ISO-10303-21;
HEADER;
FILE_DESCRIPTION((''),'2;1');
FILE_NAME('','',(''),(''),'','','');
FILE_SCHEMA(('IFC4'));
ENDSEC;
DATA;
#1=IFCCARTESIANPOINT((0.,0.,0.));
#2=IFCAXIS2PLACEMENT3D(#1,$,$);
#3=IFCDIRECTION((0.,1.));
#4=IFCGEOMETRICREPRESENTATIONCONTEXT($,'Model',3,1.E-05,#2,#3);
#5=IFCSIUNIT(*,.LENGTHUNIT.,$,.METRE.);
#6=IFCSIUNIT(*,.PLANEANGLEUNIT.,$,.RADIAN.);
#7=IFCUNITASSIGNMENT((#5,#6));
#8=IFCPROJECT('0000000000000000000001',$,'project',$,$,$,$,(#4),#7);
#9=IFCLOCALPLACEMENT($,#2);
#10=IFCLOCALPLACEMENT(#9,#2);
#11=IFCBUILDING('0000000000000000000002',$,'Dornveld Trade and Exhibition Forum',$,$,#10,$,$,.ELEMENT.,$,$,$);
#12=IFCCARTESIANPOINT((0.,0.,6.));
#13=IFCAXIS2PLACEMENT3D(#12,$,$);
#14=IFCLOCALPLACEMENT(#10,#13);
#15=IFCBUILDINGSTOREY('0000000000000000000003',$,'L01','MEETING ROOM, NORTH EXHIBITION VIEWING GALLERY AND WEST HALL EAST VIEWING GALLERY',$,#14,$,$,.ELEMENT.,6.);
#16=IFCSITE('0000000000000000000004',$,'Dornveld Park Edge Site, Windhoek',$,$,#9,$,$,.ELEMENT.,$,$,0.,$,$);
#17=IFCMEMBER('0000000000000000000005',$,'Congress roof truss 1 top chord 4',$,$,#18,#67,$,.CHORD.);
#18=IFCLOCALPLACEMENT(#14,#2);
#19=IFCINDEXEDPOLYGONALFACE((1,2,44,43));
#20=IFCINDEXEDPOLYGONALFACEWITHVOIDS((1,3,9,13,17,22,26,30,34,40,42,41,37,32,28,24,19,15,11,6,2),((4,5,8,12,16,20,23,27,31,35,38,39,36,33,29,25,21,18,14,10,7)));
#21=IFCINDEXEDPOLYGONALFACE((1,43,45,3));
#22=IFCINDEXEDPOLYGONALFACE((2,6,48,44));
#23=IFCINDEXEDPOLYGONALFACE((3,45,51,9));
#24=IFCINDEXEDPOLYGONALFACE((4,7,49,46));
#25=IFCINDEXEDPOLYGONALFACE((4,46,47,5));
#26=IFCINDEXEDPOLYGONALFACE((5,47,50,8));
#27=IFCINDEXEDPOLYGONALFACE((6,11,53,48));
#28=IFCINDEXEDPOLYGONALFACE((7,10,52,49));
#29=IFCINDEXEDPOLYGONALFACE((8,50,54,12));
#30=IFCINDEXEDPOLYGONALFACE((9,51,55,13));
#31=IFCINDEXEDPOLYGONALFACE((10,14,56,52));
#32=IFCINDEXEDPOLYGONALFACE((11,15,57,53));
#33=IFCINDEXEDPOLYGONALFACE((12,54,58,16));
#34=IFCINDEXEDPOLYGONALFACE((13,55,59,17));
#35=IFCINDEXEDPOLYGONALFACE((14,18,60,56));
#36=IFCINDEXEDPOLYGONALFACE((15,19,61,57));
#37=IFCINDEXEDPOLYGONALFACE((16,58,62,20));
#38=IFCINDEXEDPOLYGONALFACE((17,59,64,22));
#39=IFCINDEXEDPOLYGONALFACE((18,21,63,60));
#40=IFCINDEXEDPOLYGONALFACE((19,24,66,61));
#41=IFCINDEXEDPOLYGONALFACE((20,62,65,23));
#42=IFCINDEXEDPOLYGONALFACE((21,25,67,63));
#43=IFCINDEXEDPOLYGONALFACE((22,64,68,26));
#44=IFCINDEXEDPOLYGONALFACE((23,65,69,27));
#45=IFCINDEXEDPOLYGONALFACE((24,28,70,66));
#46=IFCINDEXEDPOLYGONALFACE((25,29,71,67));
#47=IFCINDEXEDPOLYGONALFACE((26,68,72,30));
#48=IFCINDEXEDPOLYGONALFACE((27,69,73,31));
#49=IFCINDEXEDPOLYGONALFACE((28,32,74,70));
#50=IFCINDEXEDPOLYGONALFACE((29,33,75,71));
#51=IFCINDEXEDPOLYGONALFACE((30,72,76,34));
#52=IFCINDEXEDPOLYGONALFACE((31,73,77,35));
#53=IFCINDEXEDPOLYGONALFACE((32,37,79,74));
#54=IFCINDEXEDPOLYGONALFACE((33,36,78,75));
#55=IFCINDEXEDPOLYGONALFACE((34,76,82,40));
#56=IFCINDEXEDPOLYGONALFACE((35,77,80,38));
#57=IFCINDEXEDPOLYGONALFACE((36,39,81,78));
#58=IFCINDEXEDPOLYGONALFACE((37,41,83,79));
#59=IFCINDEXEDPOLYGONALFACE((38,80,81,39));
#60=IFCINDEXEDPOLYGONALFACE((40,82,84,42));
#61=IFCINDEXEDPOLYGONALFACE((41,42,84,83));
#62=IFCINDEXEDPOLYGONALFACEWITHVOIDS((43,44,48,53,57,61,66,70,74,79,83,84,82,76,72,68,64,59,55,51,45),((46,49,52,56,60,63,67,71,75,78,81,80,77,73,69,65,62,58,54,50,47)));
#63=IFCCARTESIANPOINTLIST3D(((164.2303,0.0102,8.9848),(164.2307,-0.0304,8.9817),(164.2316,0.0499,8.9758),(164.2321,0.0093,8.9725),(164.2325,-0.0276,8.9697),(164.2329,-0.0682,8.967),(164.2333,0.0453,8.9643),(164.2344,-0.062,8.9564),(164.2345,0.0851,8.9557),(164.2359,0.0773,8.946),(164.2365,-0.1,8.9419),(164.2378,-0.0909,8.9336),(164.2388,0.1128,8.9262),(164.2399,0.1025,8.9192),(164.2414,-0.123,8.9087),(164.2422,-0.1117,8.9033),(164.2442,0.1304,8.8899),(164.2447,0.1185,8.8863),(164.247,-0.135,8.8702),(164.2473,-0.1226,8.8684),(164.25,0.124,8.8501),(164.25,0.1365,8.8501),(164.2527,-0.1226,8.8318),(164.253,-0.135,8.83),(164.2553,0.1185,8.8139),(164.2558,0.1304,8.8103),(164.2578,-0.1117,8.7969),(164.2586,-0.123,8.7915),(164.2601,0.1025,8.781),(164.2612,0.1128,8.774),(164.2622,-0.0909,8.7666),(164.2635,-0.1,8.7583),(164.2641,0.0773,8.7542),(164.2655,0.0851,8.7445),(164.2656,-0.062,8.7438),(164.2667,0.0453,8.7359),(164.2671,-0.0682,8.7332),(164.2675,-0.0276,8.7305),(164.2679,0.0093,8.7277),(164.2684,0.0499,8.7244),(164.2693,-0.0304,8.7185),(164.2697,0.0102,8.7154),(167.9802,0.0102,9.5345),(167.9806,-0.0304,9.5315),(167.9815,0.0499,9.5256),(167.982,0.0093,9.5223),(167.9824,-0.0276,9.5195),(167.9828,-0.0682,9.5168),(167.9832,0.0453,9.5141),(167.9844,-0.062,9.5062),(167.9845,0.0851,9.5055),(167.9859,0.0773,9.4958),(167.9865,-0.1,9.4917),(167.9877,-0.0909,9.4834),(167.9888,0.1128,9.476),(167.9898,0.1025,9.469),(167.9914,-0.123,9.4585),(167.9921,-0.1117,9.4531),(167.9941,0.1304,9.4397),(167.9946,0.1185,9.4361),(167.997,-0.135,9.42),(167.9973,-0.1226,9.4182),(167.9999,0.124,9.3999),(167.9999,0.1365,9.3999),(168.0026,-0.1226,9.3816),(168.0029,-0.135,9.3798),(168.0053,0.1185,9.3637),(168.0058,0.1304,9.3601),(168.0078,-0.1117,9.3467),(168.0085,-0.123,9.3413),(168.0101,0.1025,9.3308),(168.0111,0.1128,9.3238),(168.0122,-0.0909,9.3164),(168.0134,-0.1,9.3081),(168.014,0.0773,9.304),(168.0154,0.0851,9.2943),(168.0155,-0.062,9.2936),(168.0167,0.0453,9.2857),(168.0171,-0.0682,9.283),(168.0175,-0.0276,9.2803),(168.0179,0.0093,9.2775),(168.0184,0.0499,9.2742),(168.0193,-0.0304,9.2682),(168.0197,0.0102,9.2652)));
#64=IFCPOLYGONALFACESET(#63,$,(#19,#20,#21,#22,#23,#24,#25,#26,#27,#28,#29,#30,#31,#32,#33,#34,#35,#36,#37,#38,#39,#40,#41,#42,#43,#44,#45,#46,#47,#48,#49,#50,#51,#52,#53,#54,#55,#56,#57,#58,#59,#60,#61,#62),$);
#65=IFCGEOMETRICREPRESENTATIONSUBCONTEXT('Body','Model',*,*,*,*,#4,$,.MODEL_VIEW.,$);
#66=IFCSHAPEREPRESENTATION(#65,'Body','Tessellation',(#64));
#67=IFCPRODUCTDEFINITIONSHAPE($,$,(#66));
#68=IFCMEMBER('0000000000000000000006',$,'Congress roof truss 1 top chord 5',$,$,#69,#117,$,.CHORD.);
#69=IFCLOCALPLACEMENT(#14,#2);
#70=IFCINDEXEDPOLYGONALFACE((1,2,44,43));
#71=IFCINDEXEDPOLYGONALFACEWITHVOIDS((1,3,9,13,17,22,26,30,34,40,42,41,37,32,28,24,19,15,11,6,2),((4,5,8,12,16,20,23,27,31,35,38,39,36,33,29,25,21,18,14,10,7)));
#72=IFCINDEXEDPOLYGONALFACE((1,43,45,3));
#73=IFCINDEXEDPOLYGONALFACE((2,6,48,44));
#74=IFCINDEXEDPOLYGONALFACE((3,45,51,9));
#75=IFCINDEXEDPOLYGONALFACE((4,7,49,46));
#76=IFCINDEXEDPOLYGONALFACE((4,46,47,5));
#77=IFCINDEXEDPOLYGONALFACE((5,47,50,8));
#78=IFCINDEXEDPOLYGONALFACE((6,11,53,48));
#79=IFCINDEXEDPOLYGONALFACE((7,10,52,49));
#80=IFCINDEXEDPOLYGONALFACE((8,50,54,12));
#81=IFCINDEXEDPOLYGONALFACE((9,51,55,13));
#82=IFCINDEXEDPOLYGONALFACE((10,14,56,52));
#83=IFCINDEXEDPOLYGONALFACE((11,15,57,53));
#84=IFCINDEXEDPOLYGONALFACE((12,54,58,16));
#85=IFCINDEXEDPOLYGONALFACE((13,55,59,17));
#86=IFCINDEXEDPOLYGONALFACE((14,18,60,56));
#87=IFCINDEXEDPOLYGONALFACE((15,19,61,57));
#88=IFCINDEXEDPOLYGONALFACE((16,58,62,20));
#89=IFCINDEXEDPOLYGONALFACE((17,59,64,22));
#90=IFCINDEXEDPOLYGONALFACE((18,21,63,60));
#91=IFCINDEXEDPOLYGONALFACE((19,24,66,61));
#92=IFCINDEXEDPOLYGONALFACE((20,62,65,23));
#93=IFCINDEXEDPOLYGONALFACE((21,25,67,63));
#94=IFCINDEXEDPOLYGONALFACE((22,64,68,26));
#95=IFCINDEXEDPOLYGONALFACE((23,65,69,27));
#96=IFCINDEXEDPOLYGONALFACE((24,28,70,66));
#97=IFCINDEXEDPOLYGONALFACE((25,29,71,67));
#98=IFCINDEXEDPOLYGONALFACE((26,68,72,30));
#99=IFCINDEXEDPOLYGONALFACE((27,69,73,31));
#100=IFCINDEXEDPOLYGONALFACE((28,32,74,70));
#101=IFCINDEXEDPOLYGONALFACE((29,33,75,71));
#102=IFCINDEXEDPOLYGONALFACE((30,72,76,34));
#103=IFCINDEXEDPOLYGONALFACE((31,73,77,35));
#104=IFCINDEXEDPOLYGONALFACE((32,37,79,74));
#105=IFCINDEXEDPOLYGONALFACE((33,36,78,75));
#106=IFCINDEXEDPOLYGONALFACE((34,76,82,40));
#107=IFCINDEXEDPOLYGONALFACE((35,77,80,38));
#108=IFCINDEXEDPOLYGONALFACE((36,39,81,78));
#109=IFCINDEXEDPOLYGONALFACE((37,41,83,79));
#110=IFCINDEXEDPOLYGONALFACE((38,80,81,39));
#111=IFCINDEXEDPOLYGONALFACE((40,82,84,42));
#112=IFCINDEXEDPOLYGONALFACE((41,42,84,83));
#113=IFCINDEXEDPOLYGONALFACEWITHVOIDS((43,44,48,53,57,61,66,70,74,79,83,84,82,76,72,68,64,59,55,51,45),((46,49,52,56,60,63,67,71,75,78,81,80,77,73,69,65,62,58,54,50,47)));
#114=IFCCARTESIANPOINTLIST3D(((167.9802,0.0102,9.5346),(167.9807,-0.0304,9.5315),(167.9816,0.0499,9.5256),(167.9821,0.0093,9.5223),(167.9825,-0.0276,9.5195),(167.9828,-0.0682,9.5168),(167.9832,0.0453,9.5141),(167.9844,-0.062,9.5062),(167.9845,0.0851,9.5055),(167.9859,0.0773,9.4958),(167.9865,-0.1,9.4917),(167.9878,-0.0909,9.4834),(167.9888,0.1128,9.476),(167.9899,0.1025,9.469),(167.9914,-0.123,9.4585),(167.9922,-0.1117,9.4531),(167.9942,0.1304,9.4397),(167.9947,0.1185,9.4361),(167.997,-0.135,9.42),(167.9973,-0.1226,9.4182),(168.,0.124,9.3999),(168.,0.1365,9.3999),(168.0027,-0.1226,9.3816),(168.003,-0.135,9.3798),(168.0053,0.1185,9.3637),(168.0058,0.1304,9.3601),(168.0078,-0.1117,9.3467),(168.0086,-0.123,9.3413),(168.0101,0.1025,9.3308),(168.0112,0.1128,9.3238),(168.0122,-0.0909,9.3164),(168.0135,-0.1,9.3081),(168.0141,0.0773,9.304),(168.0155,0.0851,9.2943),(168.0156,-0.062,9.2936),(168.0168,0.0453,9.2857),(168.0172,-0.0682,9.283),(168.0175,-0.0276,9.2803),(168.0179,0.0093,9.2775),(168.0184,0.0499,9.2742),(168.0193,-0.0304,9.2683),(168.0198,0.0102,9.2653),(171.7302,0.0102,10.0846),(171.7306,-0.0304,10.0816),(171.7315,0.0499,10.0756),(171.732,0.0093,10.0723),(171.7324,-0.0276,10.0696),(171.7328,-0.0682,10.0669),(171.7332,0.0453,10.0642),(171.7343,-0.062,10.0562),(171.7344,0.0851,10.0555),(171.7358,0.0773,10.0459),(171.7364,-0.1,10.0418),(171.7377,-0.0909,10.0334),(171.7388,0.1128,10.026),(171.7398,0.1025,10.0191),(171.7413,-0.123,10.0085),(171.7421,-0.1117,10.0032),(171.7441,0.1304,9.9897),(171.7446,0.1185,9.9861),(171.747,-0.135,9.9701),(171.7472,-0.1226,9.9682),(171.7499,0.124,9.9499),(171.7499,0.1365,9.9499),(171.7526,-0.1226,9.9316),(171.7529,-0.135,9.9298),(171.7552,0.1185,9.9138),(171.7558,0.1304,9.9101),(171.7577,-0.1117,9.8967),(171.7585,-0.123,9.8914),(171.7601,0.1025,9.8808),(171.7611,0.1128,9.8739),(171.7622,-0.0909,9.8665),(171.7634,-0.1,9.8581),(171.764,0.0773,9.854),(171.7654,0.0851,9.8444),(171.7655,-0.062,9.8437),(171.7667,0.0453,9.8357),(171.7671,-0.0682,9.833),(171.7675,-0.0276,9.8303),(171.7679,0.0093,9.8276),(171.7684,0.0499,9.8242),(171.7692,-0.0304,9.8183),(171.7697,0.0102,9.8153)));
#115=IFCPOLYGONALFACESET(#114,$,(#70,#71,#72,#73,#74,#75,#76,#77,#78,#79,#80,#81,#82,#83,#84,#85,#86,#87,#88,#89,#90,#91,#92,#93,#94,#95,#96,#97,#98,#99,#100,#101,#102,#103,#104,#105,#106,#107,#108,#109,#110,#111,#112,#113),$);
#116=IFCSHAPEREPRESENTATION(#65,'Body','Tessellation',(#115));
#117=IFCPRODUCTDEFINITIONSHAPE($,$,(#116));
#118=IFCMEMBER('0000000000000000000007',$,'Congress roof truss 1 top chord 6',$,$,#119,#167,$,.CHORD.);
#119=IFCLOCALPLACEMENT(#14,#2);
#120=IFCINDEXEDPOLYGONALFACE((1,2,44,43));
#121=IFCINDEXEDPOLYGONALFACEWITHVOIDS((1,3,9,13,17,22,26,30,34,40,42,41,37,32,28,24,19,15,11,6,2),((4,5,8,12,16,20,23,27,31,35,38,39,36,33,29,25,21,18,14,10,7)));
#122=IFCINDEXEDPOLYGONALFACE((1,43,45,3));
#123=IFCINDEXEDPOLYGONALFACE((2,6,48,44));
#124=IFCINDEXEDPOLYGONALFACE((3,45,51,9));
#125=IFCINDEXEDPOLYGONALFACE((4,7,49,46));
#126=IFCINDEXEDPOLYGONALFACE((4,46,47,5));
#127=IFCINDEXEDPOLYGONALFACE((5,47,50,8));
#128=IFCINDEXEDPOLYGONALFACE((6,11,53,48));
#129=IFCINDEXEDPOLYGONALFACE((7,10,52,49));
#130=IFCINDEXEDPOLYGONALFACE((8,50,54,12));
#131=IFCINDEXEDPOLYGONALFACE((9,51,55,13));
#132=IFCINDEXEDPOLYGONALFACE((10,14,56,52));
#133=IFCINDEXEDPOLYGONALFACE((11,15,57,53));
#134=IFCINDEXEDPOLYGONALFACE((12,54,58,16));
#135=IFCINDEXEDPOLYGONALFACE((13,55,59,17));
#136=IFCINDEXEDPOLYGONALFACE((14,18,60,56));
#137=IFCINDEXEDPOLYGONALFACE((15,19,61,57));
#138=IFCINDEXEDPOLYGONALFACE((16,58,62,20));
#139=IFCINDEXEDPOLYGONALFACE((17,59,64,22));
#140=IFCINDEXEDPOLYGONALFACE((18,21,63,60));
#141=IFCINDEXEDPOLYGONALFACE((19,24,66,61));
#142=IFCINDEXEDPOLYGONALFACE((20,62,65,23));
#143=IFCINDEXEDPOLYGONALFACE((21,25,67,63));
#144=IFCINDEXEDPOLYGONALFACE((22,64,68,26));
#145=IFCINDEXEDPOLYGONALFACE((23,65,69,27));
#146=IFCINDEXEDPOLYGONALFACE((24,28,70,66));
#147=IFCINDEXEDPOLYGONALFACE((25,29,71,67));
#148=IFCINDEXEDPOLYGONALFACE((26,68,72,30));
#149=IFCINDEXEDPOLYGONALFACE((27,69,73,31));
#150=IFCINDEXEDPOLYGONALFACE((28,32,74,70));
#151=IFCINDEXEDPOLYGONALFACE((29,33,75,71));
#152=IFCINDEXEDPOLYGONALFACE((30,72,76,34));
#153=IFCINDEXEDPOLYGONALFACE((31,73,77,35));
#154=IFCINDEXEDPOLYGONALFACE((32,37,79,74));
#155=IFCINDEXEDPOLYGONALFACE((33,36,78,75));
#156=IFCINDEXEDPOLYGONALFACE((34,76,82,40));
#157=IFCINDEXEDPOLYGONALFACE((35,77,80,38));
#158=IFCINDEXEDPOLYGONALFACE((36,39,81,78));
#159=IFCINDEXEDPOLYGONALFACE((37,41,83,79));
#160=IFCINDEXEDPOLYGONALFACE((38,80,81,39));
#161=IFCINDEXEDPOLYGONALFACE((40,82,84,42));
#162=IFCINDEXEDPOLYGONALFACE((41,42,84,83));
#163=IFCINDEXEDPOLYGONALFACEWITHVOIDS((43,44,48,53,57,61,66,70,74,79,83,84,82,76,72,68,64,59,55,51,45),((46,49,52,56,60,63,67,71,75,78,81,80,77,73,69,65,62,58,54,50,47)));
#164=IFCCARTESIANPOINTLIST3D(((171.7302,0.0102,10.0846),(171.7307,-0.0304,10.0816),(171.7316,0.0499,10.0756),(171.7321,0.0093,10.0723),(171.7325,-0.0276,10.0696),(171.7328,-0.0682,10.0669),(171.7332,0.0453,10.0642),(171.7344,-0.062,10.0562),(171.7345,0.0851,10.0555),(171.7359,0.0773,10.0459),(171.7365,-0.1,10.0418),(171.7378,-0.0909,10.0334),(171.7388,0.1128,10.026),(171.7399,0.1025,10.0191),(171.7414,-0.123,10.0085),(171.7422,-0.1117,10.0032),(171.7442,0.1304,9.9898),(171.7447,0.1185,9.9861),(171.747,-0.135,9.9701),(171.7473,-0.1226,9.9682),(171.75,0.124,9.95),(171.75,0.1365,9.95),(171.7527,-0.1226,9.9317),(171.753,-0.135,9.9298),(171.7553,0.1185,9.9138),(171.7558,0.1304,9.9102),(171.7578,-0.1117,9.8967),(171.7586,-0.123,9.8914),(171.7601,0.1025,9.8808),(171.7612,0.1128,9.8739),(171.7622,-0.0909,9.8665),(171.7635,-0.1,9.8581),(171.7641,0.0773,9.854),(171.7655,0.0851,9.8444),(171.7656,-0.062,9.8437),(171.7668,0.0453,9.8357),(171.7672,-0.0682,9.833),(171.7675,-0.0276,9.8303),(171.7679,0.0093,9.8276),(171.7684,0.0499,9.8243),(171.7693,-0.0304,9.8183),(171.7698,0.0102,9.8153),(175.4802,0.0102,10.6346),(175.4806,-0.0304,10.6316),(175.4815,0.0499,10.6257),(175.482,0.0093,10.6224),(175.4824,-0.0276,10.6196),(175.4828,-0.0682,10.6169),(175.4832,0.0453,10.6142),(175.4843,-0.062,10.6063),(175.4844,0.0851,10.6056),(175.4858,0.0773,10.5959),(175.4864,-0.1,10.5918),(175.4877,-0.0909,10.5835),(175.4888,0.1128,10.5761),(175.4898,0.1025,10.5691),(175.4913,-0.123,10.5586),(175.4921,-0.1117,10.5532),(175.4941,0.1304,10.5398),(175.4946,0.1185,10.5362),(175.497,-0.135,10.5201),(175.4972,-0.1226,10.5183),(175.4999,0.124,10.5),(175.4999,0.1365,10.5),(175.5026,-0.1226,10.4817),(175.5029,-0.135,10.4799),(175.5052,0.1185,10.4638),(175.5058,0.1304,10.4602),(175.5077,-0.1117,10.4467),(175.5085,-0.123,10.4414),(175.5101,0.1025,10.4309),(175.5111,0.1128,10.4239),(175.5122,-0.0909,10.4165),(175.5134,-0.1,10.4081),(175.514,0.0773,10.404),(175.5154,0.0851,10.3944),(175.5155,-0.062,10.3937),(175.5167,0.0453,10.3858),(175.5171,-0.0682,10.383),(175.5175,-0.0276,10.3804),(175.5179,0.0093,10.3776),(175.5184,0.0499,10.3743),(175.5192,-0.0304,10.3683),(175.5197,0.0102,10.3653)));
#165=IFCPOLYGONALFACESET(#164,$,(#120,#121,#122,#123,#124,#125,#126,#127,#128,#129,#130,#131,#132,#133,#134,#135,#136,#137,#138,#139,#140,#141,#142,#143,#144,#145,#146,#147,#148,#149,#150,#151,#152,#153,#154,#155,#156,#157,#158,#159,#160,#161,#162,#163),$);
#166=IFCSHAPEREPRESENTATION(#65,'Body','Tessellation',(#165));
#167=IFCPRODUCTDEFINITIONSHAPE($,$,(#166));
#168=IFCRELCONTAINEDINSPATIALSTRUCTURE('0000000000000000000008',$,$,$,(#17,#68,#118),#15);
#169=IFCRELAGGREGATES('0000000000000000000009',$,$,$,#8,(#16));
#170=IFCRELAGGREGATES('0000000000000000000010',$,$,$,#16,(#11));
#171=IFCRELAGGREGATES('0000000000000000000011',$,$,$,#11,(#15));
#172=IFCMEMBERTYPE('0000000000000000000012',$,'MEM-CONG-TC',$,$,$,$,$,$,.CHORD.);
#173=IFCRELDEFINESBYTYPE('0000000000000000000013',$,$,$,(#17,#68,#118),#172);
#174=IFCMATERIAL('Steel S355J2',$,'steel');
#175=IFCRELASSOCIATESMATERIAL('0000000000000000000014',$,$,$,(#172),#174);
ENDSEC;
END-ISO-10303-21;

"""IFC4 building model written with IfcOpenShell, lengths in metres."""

from ifc_helpers import new_model, si_unit, direction, frame, origin, origin_2d, place, context, subcontext, project, spatial, hollow_circle, extrude, material, material_profile, profile_set, type_object, element, save


model = new_model("IFC4")

# Units and contexts
model_context = context("Model", 3, precision=1e-05, world=origin(), true_north=direction((0.0, 1.0)))
body_context = subcontext(model_context, "Body", "Model", "MODEL_VIEW")
ifc_project = project(units=[si_unit("LENGTHUNIT", "METRE"), si_unit("PLANEANGLEUNIT", "RADIAN")], contexts=[model_context])

# Site, building, storey
site_placement = place(None, origin())
site = spatial("IfcSite", under=ifc_project, at=site_placement, Name="Dornveld Park Edge Site, Windhoek", CompositionType="ELEMENT", RefElevation=0.0)
building_placement = place(site_placement, origin())
building = spatial("IfcBuilding", under=site, at=building_placement, Name="Dornveld Trade and Exhibition Forum", CompositionType="ELEMENT")
storey_placement = place(building_placement, frame((0.0, 0.0, 6.0)))
storey = spatial("IfcBuildingStorey", under=building, at=storey_placement, Name="L01", Description="MEETING ROOM, NORTH EXHIBITION VIEWING GALLERY AND WEST HALL EAST VIEWING GALLERY", CompositionType="ELEMENT", Elevation=6.0)

# Members
ifc_material_1 = material(Name="Steel S355J2", Category="steel")
ifc_material_profile_1 = material_profile(ifc_material_1, hollow_circle(Radius=0.1365, WallThickness=0.0125, at=origin_2d()), Name="CHS 273x12.5")
ifc_profile_set_1 = profile_set([ifc_material_profile_1], Name="Steel S355J2")
member_type_1 = type_object("IfcMemberType", Name="MEM-CONG-TC", PredefinedType="CHORD", material=ifc_profile_set_1)
for number, where, z_axis, x_axis, name in (
    (1, (164.25, 0.0, 8.8501), (0.989422, 0.0, 0.145064), (0.0, 1.0, 0.0), "Congress roof truss 1 top chord 4"),
    (2, (168.0, 0.0, 9.3999), (0.989413, 0.0, 0.145127), (0.0, 1.0, 0.0), "Congress roof truss 1 top chord 5"),
    (3, (171.75, 0.0, 9.95), (0.989413, 0.0, 0.145127), (0.0, 1.0, 0.0), "Congress roof truss 1 top chord 6"),
):
    element("IfcMember", number, at=place(storey_placement, frame(where, z_axis=z_axis, x_axis=x_axis)), inside=storey, type_object=member_type_1, Name=name, PredefinedType="CHORD", context=body_context, shape_type="SweptSolid", body=[
        extrude(hollow_circle(Radius=0.1365, WallThickness=0.0125, at=origin_2d()), origin(), (0.0, 0.0, 1.0), 3.79),
    ])

save(model, "model.ifc")
